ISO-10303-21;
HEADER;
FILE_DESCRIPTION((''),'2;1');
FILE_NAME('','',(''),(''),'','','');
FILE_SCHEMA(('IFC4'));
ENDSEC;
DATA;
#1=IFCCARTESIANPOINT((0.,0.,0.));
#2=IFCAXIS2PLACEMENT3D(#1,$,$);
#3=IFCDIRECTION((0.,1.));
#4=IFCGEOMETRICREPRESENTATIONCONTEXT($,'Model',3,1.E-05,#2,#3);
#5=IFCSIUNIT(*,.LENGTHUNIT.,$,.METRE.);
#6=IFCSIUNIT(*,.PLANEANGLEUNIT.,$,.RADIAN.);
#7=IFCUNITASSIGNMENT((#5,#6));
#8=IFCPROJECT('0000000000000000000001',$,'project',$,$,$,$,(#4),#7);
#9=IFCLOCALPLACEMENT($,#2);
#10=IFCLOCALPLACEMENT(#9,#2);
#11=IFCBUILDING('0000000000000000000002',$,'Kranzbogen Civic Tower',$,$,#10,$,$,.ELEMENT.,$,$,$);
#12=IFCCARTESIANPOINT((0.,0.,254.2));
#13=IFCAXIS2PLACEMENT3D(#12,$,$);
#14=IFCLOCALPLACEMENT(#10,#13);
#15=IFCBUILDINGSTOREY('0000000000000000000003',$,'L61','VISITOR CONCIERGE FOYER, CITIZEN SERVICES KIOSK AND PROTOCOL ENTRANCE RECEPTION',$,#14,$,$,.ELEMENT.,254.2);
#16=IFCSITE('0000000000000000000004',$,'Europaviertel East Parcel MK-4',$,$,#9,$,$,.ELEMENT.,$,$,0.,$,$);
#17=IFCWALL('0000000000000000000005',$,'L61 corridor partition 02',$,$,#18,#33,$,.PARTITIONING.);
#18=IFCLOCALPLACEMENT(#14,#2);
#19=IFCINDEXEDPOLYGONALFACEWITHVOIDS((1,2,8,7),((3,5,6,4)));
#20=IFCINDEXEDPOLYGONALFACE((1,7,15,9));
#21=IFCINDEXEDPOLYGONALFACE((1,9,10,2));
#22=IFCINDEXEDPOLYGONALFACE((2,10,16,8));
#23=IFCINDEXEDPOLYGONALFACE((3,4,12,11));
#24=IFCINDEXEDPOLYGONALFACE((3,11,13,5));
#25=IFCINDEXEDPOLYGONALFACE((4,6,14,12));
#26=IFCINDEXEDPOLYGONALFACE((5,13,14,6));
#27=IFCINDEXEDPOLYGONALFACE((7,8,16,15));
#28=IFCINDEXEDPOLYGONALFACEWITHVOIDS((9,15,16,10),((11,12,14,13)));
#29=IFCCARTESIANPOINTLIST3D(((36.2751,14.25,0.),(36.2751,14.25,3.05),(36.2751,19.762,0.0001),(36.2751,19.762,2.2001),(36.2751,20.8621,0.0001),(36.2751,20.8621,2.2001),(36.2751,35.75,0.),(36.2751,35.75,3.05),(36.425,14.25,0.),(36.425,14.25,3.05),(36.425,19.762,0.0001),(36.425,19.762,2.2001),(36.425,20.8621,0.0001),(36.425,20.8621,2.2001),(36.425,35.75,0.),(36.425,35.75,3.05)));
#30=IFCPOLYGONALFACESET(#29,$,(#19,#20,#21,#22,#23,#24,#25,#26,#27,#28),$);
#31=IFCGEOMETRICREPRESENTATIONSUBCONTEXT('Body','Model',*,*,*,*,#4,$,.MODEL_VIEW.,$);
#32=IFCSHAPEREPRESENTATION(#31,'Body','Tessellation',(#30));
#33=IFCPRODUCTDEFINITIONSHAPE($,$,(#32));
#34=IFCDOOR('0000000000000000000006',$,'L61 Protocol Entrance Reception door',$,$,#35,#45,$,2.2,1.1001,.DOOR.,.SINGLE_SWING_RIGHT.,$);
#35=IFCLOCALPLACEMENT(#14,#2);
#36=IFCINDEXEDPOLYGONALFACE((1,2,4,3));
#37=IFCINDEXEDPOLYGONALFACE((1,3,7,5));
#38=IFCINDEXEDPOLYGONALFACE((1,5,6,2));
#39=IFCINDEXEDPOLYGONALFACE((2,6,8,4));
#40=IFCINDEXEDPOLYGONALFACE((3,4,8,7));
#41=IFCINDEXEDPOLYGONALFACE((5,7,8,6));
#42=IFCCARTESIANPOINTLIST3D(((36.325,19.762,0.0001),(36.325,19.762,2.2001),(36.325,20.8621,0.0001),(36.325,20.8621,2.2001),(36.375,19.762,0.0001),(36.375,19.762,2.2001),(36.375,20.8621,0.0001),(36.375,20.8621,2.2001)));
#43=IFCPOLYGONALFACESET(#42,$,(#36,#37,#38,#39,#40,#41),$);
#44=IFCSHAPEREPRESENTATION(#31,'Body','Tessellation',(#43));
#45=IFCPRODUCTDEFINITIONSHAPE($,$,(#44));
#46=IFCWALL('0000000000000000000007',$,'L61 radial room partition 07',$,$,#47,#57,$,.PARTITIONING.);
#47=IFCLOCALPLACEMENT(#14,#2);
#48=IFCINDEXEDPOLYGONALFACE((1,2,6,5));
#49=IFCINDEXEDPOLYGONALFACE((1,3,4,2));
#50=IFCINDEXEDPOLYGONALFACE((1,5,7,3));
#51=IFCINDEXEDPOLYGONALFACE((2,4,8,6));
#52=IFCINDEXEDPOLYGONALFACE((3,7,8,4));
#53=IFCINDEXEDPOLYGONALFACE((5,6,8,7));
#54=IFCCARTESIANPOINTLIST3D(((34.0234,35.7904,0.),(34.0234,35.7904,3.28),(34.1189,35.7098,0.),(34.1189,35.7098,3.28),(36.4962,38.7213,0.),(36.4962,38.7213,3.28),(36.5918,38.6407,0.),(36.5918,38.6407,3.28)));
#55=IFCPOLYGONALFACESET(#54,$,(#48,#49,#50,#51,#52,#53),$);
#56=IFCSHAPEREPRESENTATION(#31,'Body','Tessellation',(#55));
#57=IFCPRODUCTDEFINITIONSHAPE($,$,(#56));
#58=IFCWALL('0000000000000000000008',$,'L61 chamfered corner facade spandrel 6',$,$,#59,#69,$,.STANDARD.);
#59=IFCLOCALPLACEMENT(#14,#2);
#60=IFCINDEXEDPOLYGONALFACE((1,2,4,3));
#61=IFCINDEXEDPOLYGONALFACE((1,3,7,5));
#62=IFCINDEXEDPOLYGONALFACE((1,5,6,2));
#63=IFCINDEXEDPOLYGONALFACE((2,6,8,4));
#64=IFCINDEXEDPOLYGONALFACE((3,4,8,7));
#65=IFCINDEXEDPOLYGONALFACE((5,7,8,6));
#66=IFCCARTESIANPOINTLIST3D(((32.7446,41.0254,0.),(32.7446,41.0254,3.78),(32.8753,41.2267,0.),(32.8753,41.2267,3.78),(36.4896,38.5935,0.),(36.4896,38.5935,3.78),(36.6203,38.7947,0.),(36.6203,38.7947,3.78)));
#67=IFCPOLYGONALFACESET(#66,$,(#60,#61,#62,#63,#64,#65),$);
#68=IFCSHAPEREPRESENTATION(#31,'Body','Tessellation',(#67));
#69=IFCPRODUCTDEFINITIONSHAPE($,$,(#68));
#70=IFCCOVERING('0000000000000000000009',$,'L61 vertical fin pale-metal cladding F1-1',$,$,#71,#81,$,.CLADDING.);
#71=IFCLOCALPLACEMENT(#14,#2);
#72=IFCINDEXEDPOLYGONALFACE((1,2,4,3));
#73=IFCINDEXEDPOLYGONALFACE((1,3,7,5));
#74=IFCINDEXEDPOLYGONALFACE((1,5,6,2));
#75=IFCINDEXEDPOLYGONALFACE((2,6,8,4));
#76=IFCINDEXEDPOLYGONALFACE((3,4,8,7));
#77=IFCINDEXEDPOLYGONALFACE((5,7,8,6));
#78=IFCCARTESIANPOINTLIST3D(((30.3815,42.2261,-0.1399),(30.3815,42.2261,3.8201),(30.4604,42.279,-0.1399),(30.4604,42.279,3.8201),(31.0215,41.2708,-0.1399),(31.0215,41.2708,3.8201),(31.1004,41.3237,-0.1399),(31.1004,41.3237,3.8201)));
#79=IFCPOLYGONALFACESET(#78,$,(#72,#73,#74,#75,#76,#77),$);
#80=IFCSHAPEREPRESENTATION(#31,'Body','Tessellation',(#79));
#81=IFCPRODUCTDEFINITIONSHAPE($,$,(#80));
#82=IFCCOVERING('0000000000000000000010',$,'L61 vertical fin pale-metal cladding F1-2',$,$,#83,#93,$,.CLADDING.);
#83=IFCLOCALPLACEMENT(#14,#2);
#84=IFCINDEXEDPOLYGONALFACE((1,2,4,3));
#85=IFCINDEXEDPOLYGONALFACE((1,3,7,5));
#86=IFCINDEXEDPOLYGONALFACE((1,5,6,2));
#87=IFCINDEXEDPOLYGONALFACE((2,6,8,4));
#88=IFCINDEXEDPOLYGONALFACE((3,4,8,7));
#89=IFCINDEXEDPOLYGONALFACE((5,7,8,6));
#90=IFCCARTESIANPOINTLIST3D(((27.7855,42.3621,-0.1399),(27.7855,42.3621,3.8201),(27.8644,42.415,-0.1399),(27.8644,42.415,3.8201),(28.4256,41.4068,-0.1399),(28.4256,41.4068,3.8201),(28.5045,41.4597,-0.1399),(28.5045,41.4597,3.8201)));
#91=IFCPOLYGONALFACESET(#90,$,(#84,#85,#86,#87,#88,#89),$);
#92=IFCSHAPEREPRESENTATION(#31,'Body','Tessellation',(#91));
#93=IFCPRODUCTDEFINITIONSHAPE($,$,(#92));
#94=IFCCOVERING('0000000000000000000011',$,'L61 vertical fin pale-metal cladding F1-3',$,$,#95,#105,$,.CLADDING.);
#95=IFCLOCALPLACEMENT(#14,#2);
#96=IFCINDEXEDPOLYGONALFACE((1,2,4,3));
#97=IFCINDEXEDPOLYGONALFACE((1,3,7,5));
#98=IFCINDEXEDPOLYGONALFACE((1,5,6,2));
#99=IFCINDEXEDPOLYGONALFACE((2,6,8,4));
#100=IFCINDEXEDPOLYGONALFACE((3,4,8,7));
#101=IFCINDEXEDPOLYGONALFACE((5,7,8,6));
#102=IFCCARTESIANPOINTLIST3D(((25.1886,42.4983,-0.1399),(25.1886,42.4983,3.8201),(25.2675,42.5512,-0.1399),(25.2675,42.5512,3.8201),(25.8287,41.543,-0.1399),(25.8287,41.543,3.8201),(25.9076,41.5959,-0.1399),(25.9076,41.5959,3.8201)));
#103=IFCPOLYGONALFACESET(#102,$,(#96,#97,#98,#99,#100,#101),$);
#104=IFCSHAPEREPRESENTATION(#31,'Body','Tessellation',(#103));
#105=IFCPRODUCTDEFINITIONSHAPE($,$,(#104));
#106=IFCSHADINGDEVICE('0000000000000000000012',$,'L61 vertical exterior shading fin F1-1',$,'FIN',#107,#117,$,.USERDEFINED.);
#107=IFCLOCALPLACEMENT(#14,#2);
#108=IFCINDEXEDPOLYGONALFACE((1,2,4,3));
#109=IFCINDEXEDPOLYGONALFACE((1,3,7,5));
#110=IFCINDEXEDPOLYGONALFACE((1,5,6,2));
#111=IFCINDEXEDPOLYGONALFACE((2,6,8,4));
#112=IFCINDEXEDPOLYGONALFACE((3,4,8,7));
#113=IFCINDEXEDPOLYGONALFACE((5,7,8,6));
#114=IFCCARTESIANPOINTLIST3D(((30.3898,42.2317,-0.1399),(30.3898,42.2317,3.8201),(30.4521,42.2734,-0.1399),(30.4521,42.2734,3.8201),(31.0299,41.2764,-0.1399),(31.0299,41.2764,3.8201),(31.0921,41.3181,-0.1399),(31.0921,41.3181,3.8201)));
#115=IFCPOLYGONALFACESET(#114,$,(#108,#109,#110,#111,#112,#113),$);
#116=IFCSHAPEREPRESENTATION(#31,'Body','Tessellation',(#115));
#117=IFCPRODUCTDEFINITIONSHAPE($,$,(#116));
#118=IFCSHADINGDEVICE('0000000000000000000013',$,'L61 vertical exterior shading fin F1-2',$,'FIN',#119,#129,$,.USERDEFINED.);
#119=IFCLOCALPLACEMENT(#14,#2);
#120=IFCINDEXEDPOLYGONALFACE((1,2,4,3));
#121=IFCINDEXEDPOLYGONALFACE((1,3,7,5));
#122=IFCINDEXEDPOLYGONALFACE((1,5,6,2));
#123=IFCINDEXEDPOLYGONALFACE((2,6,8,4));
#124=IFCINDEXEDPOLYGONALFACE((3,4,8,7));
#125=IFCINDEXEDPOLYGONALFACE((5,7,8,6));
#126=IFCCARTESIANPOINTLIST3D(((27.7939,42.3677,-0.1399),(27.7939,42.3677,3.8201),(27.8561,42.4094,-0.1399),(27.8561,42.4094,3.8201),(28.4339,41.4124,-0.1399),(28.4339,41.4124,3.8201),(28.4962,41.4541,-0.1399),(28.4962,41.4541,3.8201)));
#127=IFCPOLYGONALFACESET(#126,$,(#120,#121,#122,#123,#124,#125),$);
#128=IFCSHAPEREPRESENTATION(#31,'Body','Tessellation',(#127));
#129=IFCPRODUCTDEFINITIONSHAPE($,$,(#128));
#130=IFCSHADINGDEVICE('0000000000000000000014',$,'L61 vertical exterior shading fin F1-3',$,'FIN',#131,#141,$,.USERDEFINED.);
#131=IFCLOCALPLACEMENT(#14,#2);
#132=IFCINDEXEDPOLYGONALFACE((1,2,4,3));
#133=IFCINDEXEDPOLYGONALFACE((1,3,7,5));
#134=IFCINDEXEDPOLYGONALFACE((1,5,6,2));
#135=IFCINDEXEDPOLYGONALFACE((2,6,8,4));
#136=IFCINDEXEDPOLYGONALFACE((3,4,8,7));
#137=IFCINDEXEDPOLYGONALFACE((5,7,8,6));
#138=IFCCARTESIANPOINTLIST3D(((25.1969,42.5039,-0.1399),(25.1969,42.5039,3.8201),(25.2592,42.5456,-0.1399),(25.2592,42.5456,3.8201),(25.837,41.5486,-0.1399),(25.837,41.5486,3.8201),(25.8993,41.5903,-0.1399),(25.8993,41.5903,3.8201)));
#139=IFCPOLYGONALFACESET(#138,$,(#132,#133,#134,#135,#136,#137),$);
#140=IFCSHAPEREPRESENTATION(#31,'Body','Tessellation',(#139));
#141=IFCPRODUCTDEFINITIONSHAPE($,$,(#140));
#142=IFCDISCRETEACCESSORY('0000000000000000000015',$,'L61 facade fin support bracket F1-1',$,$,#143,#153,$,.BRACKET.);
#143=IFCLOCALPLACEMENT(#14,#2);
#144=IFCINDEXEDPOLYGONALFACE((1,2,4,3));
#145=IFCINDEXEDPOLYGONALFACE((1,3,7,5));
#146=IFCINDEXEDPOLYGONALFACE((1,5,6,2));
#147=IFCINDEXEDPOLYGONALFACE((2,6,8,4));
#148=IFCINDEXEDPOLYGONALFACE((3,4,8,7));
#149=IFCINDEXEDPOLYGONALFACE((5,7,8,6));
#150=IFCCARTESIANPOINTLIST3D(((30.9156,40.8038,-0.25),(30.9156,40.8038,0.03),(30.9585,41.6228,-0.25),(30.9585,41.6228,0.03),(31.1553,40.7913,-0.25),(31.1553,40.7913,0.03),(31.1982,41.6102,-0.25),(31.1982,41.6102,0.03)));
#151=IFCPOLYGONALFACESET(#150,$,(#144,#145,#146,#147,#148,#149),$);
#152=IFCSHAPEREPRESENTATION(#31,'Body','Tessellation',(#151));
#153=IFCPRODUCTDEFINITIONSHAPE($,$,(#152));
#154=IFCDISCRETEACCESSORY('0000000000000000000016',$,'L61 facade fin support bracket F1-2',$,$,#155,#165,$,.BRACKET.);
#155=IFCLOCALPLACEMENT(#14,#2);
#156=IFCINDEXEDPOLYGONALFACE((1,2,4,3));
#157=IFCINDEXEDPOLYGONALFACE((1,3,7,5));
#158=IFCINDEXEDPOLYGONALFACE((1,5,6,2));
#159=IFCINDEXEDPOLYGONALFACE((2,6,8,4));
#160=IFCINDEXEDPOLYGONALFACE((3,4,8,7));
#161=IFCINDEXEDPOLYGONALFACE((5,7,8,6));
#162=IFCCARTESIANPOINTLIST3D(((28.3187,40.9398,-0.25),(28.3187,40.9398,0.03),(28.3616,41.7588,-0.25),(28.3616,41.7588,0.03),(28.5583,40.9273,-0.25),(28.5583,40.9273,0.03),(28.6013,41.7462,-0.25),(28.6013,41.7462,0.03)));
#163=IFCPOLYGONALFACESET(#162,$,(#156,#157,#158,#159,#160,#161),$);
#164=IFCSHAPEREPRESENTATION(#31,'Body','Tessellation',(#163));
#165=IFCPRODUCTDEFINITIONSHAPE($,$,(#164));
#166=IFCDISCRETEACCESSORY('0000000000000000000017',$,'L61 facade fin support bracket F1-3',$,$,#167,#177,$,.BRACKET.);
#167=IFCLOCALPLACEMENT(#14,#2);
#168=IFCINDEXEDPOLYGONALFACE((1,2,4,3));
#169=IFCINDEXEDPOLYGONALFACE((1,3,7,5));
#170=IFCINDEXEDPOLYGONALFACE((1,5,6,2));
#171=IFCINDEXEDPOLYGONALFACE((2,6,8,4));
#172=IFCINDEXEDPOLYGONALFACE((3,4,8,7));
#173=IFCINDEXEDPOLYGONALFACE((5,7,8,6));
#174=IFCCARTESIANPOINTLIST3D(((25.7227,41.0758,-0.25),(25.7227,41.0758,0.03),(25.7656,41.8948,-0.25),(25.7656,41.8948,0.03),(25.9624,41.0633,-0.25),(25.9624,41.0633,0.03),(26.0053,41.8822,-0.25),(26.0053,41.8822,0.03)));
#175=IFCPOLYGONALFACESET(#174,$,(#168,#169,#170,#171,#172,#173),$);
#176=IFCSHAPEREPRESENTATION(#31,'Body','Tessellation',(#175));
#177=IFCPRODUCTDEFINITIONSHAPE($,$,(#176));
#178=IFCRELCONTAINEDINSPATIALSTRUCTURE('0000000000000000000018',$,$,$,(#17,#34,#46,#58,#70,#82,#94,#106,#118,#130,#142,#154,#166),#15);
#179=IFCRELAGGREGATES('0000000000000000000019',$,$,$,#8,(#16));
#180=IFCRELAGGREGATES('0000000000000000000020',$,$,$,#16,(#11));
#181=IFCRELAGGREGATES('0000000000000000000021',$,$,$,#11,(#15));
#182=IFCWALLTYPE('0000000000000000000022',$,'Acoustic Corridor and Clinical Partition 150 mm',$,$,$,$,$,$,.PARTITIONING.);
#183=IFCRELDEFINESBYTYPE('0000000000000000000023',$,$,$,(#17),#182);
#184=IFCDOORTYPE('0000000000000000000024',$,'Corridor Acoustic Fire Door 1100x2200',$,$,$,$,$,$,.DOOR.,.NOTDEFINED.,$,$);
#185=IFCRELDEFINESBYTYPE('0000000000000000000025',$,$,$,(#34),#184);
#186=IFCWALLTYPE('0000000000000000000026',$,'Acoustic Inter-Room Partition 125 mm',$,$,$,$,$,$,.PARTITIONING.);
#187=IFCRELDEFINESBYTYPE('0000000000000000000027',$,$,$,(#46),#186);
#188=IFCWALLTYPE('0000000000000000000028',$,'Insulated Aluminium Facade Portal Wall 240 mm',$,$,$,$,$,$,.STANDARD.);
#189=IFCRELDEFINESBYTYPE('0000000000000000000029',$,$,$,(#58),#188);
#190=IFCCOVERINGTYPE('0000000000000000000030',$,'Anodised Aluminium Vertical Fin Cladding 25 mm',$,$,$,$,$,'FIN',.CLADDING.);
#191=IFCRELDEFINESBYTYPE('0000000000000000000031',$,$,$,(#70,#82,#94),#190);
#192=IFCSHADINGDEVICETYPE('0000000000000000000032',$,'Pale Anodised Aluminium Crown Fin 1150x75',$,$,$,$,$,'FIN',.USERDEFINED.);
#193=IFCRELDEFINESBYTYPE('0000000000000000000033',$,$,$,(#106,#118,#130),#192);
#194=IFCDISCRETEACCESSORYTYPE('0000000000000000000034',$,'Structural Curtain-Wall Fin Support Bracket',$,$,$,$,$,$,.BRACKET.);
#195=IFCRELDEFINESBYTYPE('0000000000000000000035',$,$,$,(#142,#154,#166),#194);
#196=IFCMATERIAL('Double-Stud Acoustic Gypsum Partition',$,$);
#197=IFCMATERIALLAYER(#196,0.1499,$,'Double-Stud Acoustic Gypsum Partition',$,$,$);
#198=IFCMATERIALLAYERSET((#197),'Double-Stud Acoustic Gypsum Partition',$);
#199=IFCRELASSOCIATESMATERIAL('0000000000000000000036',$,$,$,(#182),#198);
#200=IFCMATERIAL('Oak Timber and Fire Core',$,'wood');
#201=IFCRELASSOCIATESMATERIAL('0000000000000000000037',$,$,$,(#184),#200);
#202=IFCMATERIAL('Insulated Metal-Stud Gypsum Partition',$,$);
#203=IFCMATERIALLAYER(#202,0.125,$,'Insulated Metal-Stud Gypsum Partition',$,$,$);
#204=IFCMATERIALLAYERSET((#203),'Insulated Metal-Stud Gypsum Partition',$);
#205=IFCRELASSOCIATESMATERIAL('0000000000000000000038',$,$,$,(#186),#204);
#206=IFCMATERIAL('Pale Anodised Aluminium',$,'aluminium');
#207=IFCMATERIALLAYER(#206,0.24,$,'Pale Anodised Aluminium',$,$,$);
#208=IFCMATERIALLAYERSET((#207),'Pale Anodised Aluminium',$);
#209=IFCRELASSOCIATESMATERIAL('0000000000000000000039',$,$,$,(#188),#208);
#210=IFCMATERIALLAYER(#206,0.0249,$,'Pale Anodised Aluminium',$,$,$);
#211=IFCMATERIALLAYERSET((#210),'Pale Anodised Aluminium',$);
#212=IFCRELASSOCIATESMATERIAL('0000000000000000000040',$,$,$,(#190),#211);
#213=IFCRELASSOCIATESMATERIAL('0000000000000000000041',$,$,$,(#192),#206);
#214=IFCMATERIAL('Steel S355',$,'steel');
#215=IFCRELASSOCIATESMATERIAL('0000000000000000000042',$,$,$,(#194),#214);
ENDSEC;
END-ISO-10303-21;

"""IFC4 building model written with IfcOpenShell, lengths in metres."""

from ifc_helpers import new_model, si_unit, direction, frame, frame_2d, origin, origin_2d, place, context, subcontext, project, spatial, rectangle, extrude, material, layer, layer_set, type_object, element, fill, save


model = new_model("IFC4")

# Units and contexts
model_context = context("Model", 3, precision=1e-05, world=origin(), true_north=direction((0.0, 1.0)))
body_context = subcontext(model_context, "Body", "Model", "MODEL_VIEW")
ifc_project = project(units=[si_unit("LENGTHUNIT", "METRE"), si_unit("PLANEANGLEUNIT", "RADIAN")], contexts=[model_context])

# Site, building, storey
site_placement = place(None, origin())
site = spatial("IfcSite", under=ifc_project, at=site_placement, Name="Europaviertel East Parcel MK-4", CompositionType="ELEMENT", RefElevation=0.0)
building_placement = place(site_placement, origin())
building = spatial("IfcBuilding", under=site, at=building_placement, Name="Kranzbogen Civic Tower", CompositionType="ELEMENT")
storey_placement = place(building_placement, frame((0.0, 0.0, 254.2)))
storey = spatial("IfcBuildingStorey", under=building, at=storey_placement, Name="L61", Description="VISITOR CONCIERGE FOYER, CITIZEN SERVICES KIOSK AND PROTOCOL ENTRANCE RECEPTION", CompositionType="ELEMENT", Elevation=254.2)

# Shared definitions
ifc_material_1 = material(Name="Steel S355", Category="steel")

# Shared definitions
ifc_material_2 = material(Name="Pale Anodised Aluminium", Category="aluminium")

# Wall, opening, door
ifc_material_3 = material(Name="Double-Stud Acoustic Gypsum Partition")
ifc_layer_1 = layer(ifc_material_3, 0.1499, Name="Double-Stud Acoustic Gypsum Partition")
ifc_layer_set_1 = layer_set([ifc_layer_1], Name="Double-Stud Acoustic Gypsum Partition")
wall_type_1 = type_object("IfcWallType", Name="Acoustic Corridor and Clinical Partition 150 mm", PredefinedType="PARTITIONING", material=ifc_layer_set_1)
wall_1_placement = place(storey_placement, frame((36.3501, 35.75, 0.0), z_axis=(0.0, 0.0, 1.0), x_axis=(0.0, -1.0, 0.0)))
wall_1 = element("IfcWall", 1, at=wall_1_placement, inside=storey, type_object=wall_type_1, Name="L61 corridor partition 02", PredefinedType="PARTITIONING", context=body_context, shape_type="SweptSolid", body=[
    extrude(rectangle(XDim=21.5, YDim=0.1499, at=frame_2d((10.75, 0.0))), origin(), (0.0, 0.0, 1.0), 3.05),
])
opening_placement = place(wall_1_placement, frame((14.8879, 0.0, 0.0)))
opening = element("IfcOpeningElement", 2, at=opening_placement, cuts=wall_1, PredefinedType="OPENING", context=body_context, shape_type="SweptSolid", body=[
    extrude(rectangle(XDim=1.1001, YDim=2.2, at=frame_2d((0.55, 1.1001))), frame((0.0, 0.085, 0.0), z_axis=(0.0, -1.0, 0.0), x_axis=(1.0, 0.0, 0.0)), (0.0, 0.0, 1.0), 0.1699),
])
ifc_material_4 = material(Name="Oak Timber and Fire Core", Category="wood")
door_type = type_object("IfcDoorType", Name="Corridor Acoustic Fire Door 1100x2200", OperationType="NOTDEFINED", PredefinedType="DOOR", material=ifc_material_4)
door_placement = place(opening_placement, origin())
door = element("IfcDoor", 3, at=door_placement, inside=storey, type_object=door_type, Name="L61 Protocol Entrance Reception door", OperationType="SINGLE_SWING_RIGHT", OverallHeight=2.2, OverallWidth=1.1001, PredefinedType="DOOR", context=body_context, shape_type="SweptSolid", body=[
    extrude(rectangle(XDim=1.1001, YDim=2.2, at=frame_2d((0.55, 1.1001))), frame((0.0, 0.0249, 0.0), z_axis=(0.0, -1.0, 0.0), x_axis=(1.0, 0.0, 0.0)), (0.0, 0.0, 1.0), 0.05),
])
fill(opening, door)

# Walls
ifc_material_5 = material(Name="Insulated Metal-Stud Gypsum Partition")
ifc_layer_2 = layer(ifc_material_5, 0.125, Name="Insulated Metal-Stud Gypsum Partition")
ifc_layer_set_2 = layer_set([ifc_layer_2], Name="Insulated Metal-Stud Gypsum Partition")
wall_type_2 = type_object("IfcWallType", Name="Acoustic Inter-Room Partition 125 mm", PredefinedType="PARTITIONING", material=ifc_layer_set_2)
wall_2_placement = place(storey_placement, frame((34.071, 35.75, 0.0), z_axis=(0.0, 0.0, 1.0), x_axis=(0.644863, 0.764298, 0.0)))
element("IfcWall", 4, at=wall_2_placement, inside=storey, type_object=wall_type_2, Name="L61 radial room partition 07", PredefinedType="PARTITIONING", context=body_context, shape_type="SweptSolid", body=[
    extrude(rectangle(XDim=3.8347, YDim=0.125, at=frame_2d((1.9175, 0.0))), origin(), (0.0, 0.0, 1.0), 3.28),
])
ifc_layer_3 = layer(ifc_material_2, 0.24, Name="Pale Anodised Aluminium")
ifc_layer_set_3 = layer_set([ifc_layer_3], Name="Pale Anodised Aluminium")
wall_type_3 = type_object("IfcWallType", Name="Insulated Aluminium Facade Portal Wall 240 mm", PredefinedType="STANDARD", material=ifc_layer_set_3)
wall_3_placement = place(storey_placement, frame((36.5549, 38.6941, 0.0), z_axis=(0.0, 0.0, 1.0), x_axis=(-0.838677, 0.544629, 0.0)))
element("IfcWall", 5, at=wall_3_placement, inside=storey, type_object=wall_type_3, Name="L61 chamfered corner facade spandrel 6", PredefinedType="STANDARD", context=body_context, shape_type="SweptSolid", body=[
    extrude(rectangle(XDim=4.4653, YDim=0.24, at=frame_2d((2.2327, 0.0))), origin(), (0.0, 0.0, 1.0), 3.78),
])

# Coverings
ifc_layer_4 = layer(ifc_material_2, 0.0249, Name="Pale Anodised Aluminium")
ifc_layer_set_4 = layer_set([ifc_layer_4], Name="Pale Anodised Aluminium")
covering_type = type_object("IfcCoveringType", Name="Anodised Aluminium Vertical Fin Cladding 25 mm", ElementType="FIN", PredefinedType="CLADDING", material=ifc_layer_set_4)
for number, where, z_axis, x_axis, name in (
    (6, (30.741, 41.7749, -0.1399), (0.0, 0.0, 1.0), (-0.556615, 0.830771, 0.0), "L61 vertical fin pale-metal cladding F1-1"),
    (7, (28.145, 41.9109, -0.1399), (0.0, 0.0, 1.0), (-0.556615, 0.830771, 0.0), "L61 vertical fin pale-metal cladding F1-2"),
    (8, (25.5481, 42.0471, -0.1399), (0.0, 0.0, 1.0), (-0.556615, 0.830771, 0.0), "L61 vertical fin pale-metal cladding F1-3"),
):
    element("IfcCovering", number, at=place(storey_placement, frame(where, z_axis=z_axis, x_axis=x_axis)), inside=storey, type_object=covering_type, Name=name, PredefinedType="CLADDING", context=body_context, shape_type="SweptSolid", body=[
        extrude(rectangle(XDim=1.1499, YDim=0.095, at=origin_2d()), origin(), (0.0, 0.0, 1.0), 3.96),
    ])

# Shading devices
shading_device_type = type_object("IfcShadingDeviceType", Name="Pale Anodised Aluminium Crown Fin 1150x75", ElementType="FIN", PredefinedType="USERDEFINED", material=ifc_material_2)
for number, where, z_axis, x_axis, name in (
    (9, (30.741, 41.7749, -0.1399), (0.0, 0.0, 1.0), (-0.556615, 0.830771, 0.0), "L61 vertical exterior shading fin F1-1"),
    (10, (28.145, 41.9109, -0.1399), (0.0, 0.0, 1.0), (-0.556615, 0.830771, 0.0), "L61 vertical exterior shading fin F1-2"),
    (11, (25.5481, 42.0471, -0.1399), (0.0, 0.0, 1.0), (-0.556615, 0.830771, 0.0), "L61 vertical exterior shading fin F1-3"),
):
    element("IfcShadingDevice", number, at=place(storey_placement, frame(where, z_axis=z_axis, x_axis=x_axis)), inside=storey, type_object=shading_device_type, Name=name, ObjectType="FIN", PredefinedType="USERDEFINED", context=body_context, shape_type="SweptSolid", body=[
        extrude(rectangle(XDim=1.1499, YDim=0.075, at=origin_2d()), origin(), (0.0, 0.0, 1.0), 3.96),
    ])

# Discrete accessories
discrete_accessory_type = type_object("IfcDiscreteAccessoryType", Name="Structural Curtain-Wall Fin Support Bracket", PredefinedType="BRACKET", material=ifc_material_1)
for number, where, z_axis, x_axis, name in (
    (12, (31.0569, 41.207, -0.25), (0.0, 0.0, 1.0), (0.052336, 0.99863, 0.0), "L61 facade fin support bracket F1-1"),
    (13, (28.46, 41.343, -0.25), (0.0, 0.0, 1.0), (0.052336, 0.99863, 0.0), "L61 facade fin support bracket F1-2"),
    (14, (25.864, 41.479, -0.25), (0.0, 0.0, 1.0), (0.052336, 0.99863, 0.0), "L61 facade fin support bracket F1-3"),
):
    element("IfcDiscreteAccessory", number, at=place(storey_placement, frame(where, z_axis=z_axis, x_axis=x_axis)), inside=storey, type_object=discrete_accessory_type, Name=name, PredefinedType="BRACKET", context=body_context, shape_type="SweptSolid", body=[
        extrude(rectangle(XDim=0.8201, YDim=0.24, at=origin_2d()), origin(), (0.0, 0.0, 1.0), 0.28),
    ])

save(model, "model.ifc")
